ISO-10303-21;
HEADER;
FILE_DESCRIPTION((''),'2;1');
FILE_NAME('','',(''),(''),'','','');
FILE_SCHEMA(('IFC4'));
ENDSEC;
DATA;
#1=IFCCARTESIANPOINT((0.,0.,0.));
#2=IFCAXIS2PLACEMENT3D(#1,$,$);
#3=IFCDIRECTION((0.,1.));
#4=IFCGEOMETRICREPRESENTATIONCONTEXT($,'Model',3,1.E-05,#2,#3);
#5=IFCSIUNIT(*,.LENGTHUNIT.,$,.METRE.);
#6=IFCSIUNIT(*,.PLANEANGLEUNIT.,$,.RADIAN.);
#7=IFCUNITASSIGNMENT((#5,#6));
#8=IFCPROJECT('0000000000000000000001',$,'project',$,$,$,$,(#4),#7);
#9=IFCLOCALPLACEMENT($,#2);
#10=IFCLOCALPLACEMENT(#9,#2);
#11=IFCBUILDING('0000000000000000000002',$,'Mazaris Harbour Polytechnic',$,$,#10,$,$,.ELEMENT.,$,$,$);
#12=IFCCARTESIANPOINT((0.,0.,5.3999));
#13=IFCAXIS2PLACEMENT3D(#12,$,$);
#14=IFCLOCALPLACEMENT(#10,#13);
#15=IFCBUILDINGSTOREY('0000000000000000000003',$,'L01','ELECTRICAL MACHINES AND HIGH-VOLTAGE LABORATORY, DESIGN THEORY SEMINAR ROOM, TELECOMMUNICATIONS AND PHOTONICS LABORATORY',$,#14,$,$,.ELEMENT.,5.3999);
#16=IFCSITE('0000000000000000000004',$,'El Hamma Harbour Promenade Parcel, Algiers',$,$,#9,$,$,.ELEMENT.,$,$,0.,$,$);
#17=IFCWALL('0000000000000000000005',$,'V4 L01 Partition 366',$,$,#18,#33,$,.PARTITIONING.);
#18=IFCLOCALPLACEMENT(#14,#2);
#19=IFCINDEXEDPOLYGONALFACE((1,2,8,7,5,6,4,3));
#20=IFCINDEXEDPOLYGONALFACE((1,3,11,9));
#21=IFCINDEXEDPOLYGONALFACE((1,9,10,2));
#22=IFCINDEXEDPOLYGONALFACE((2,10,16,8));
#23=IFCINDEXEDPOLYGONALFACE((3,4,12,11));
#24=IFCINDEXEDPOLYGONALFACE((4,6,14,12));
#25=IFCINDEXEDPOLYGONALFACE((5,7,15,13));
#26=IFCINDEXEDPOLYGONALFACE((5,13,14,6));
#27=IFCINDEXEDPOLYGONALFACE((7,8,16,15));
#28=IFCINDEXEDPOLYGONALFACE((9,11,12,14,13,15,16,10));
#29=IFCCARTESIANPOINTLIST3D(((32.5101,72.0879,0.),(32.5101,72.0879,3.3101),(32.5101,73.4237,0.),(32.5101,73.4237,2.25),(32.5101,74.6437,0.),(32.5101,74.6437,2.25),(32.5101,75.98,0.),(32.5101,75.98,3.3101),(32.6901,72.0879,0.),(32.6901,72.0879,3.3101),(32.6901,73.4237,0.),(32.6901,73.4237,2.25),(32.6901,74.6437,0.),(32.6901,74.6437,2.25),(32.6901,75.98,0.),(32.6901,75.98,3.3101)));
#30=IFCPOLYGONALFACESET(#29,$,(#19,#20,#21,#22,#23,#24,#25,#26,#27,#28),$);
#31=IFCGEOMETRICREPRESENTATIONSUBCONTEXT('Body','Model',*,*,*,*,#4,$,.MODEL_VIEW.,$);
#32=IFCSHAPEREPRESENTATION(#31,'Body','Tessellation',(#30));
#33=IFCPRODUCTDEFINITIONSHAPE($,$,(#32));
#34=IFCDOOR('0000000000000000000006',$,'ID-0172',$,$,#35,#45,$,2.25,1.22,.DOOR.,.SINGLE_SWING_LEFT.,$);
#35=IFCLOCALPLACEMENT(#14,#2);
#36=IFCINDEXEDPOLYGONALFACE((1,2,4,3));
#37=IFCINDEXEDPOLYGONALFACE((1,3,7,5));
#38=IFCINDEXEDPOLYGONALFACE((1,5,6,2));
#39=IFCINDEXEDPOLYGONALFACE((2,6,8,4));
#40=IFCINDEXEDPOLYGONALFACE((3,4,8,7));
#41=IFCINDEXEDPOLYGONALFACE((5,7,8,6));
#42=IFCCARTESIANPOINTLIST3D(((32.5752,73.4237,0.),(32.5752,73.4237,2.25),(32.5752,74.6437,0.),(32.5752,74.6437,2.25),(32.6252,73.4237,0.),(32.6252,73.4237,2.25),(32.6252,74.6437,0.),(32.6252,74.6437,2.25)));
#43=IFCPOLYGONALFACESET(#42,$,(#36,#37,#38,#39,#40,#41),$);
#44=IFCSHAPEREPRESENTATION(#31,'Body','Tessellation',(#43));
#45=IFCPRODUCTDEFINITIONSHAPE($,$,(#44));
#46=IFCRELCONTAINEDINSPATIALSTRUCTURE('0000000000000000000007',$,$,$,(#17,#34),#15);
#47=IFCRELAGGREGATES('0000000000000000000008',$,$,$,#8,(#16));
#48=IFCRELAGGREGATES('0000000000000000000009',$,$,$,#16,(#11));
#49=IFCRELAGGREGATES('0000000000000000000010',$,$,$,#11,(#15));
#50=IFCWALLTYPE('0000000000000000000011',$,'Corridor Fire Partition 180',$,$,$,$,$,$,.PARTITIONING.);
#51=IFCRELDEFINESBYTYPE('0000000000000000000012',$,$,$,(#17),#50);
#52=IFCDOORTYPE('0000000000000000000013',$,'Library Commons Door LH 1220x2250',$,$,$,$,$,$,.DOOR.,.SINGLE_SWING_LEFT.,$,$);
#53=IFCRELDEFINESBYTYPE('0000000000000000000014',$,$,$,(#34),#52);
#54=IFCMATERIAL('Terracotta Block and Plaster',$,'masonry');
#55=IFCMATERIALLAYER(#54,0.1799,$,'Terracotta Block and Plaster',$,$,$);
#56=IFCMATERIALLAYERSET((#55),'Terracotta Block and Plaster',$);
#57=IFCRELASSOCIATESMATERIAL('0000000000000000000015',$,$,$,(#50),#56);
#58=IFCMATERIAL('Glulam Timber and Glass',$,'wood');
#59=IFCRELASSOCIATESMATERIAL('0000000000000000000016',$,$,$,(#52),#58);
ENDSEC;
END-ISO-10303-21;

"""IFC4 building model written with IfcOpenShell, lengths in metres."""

from ifc_helpers import new_model, si_unit, direction, frame, frame_2d, origin, place, context, subcontext, project, spatial, rectangle, extrude, material, layer, layer_set, type_object, element, fill, save


model = new_model("IFC4")

# Units and contexts
model_context = context("Model", 3, precision=1e-05, world=origin(), true_north=direction((0.0, 1.0)))
body_context = subcontext(model_context, "Body", "Model", "MODEL_VIEW")
ifc_project = project(units=[si_unit("LENGTHUNIT", "METRE"), si_unit("PLANEANGLEUNIT", "RADIAN")], contexts=[model_context])

# Site, building, storey
site_placement = place(None, origin())
site = spatial("IfcSite", under=ifc_project, at=site_placement, Name="El Hamma Harbour Promenade Parcel, Algiers", CompositionType="ELEMENT", RefElevation=0.0)
building_placement = place(site_placement, origin())
building = spatial("IfcBuilding", under=site, at=building_placement, Name="Mazaris Harbour Polytechnic", CompositionType="ELEMENT")
storey_placement = place(building_placement, frame((0.0, 0.0, 5.3999)))
storey = spatial("IfcBuildingStorey", under=building, at=storey_placement, Name="L01", Description="ELECTRICAL MACHINES AND HIGH-VOLTAGE LABORATORY, DESIGN THEORY SEMINAR ROOM, TELECOMMUNICATIONS AND PHOTONICS LABORATORY", CompositionType="ELEMENT", Elevation=5.3999)

# Wall, opening, door
ifc_material_1 = material(Name="Terracotta Block and Plaster", Category="masonry")
ifc_layer_1 = layer(ifc_material_1, 0.1799, Name="Terracotta Block and Plaster")
ifc_layer_set_1 = layer_set([ifc_layer_1], Name="Terracotta Block and Plaster")
wall_type_1 = type_object("IfcWallType", Name="Corridor Fire Partition 180", PredefinedType="PARTITIONING", material=ifc_layer_set_1)
wall_1_placement = place(storey_placement, frame((32.6001, 72.0879, 0.0), z_axis=(0.0, 0.0, 1.0), x_axis=(0.0, 1.0, 0.0)))
wall_1 = element("IfcWall", 1, at=wall_1_placement, inside=storey, type_object=wall_type_1, Name="V4 L01 Partition 366", PredefinedType="PARTITIONING", context=body_context, shape_type="SweptSolid", body=[
    extrude(rectangle(XDim=3.8921, YDim=0.1799, at=frame_2d((1.946, 0.0))), origin(), (0.0, 0.0, 1.0), 3.3101),
])
opening_placement = place(wall_1_placement, frame((1.3359, 0.0, 0.0)))
opening = element("IfcOpeningElement", 2, at=opening_placement, cuts=wall_1, PredefinedType="OPENING", context=body_context, shape_type="SweptSolid", body=[
    extrude(rectangle(XDim=1.22, YDim=2.25, at=frame_2d((0.6099, 1.125))), frame((0.0, 0.0999, 0.0), z_axis=(0.0, -1.0, 0.0), x_axis=(1.0, 0.0, 0.0)), (0.0, 0.0, 1.0), 0.2),
])
ifc_material_2 = material(Name="Glulam Timber and Glass", Category="wood")
door_type = type_object("IfcDoorType", Name="Library Commons Door LH 1220x2250", OperationType="SINGLE_SWING_LEFT", PredefinedType="DOOR", material=ifc_material_2)
door_placement = place(opening_placement, origin())
door = element("IfcDoor", 3, at=door_placement, inside=storey, type_object=door_type, Name="ID-0172", OperationType="SINGLE_SWING_LEFT", OverallHeight=2.25, OverallWidth=1.22, PredefinedType="DOOR", context=body_context, shape_type="SweptSolid", body=[
    extrude(rectangle(XDim=1.22, YDim=2.25, at=frame_2d((0.6099, 1.125))), frame((0.0, 0.0249, 0.0), z_axis=(0.0, -1.0, 0.0), x_axis=(1.0, 0.0, 0.0)), (0.0, 0.0, 1.0), 0.05),
])
fill(opening, door)

save(model, "model.ifc")
